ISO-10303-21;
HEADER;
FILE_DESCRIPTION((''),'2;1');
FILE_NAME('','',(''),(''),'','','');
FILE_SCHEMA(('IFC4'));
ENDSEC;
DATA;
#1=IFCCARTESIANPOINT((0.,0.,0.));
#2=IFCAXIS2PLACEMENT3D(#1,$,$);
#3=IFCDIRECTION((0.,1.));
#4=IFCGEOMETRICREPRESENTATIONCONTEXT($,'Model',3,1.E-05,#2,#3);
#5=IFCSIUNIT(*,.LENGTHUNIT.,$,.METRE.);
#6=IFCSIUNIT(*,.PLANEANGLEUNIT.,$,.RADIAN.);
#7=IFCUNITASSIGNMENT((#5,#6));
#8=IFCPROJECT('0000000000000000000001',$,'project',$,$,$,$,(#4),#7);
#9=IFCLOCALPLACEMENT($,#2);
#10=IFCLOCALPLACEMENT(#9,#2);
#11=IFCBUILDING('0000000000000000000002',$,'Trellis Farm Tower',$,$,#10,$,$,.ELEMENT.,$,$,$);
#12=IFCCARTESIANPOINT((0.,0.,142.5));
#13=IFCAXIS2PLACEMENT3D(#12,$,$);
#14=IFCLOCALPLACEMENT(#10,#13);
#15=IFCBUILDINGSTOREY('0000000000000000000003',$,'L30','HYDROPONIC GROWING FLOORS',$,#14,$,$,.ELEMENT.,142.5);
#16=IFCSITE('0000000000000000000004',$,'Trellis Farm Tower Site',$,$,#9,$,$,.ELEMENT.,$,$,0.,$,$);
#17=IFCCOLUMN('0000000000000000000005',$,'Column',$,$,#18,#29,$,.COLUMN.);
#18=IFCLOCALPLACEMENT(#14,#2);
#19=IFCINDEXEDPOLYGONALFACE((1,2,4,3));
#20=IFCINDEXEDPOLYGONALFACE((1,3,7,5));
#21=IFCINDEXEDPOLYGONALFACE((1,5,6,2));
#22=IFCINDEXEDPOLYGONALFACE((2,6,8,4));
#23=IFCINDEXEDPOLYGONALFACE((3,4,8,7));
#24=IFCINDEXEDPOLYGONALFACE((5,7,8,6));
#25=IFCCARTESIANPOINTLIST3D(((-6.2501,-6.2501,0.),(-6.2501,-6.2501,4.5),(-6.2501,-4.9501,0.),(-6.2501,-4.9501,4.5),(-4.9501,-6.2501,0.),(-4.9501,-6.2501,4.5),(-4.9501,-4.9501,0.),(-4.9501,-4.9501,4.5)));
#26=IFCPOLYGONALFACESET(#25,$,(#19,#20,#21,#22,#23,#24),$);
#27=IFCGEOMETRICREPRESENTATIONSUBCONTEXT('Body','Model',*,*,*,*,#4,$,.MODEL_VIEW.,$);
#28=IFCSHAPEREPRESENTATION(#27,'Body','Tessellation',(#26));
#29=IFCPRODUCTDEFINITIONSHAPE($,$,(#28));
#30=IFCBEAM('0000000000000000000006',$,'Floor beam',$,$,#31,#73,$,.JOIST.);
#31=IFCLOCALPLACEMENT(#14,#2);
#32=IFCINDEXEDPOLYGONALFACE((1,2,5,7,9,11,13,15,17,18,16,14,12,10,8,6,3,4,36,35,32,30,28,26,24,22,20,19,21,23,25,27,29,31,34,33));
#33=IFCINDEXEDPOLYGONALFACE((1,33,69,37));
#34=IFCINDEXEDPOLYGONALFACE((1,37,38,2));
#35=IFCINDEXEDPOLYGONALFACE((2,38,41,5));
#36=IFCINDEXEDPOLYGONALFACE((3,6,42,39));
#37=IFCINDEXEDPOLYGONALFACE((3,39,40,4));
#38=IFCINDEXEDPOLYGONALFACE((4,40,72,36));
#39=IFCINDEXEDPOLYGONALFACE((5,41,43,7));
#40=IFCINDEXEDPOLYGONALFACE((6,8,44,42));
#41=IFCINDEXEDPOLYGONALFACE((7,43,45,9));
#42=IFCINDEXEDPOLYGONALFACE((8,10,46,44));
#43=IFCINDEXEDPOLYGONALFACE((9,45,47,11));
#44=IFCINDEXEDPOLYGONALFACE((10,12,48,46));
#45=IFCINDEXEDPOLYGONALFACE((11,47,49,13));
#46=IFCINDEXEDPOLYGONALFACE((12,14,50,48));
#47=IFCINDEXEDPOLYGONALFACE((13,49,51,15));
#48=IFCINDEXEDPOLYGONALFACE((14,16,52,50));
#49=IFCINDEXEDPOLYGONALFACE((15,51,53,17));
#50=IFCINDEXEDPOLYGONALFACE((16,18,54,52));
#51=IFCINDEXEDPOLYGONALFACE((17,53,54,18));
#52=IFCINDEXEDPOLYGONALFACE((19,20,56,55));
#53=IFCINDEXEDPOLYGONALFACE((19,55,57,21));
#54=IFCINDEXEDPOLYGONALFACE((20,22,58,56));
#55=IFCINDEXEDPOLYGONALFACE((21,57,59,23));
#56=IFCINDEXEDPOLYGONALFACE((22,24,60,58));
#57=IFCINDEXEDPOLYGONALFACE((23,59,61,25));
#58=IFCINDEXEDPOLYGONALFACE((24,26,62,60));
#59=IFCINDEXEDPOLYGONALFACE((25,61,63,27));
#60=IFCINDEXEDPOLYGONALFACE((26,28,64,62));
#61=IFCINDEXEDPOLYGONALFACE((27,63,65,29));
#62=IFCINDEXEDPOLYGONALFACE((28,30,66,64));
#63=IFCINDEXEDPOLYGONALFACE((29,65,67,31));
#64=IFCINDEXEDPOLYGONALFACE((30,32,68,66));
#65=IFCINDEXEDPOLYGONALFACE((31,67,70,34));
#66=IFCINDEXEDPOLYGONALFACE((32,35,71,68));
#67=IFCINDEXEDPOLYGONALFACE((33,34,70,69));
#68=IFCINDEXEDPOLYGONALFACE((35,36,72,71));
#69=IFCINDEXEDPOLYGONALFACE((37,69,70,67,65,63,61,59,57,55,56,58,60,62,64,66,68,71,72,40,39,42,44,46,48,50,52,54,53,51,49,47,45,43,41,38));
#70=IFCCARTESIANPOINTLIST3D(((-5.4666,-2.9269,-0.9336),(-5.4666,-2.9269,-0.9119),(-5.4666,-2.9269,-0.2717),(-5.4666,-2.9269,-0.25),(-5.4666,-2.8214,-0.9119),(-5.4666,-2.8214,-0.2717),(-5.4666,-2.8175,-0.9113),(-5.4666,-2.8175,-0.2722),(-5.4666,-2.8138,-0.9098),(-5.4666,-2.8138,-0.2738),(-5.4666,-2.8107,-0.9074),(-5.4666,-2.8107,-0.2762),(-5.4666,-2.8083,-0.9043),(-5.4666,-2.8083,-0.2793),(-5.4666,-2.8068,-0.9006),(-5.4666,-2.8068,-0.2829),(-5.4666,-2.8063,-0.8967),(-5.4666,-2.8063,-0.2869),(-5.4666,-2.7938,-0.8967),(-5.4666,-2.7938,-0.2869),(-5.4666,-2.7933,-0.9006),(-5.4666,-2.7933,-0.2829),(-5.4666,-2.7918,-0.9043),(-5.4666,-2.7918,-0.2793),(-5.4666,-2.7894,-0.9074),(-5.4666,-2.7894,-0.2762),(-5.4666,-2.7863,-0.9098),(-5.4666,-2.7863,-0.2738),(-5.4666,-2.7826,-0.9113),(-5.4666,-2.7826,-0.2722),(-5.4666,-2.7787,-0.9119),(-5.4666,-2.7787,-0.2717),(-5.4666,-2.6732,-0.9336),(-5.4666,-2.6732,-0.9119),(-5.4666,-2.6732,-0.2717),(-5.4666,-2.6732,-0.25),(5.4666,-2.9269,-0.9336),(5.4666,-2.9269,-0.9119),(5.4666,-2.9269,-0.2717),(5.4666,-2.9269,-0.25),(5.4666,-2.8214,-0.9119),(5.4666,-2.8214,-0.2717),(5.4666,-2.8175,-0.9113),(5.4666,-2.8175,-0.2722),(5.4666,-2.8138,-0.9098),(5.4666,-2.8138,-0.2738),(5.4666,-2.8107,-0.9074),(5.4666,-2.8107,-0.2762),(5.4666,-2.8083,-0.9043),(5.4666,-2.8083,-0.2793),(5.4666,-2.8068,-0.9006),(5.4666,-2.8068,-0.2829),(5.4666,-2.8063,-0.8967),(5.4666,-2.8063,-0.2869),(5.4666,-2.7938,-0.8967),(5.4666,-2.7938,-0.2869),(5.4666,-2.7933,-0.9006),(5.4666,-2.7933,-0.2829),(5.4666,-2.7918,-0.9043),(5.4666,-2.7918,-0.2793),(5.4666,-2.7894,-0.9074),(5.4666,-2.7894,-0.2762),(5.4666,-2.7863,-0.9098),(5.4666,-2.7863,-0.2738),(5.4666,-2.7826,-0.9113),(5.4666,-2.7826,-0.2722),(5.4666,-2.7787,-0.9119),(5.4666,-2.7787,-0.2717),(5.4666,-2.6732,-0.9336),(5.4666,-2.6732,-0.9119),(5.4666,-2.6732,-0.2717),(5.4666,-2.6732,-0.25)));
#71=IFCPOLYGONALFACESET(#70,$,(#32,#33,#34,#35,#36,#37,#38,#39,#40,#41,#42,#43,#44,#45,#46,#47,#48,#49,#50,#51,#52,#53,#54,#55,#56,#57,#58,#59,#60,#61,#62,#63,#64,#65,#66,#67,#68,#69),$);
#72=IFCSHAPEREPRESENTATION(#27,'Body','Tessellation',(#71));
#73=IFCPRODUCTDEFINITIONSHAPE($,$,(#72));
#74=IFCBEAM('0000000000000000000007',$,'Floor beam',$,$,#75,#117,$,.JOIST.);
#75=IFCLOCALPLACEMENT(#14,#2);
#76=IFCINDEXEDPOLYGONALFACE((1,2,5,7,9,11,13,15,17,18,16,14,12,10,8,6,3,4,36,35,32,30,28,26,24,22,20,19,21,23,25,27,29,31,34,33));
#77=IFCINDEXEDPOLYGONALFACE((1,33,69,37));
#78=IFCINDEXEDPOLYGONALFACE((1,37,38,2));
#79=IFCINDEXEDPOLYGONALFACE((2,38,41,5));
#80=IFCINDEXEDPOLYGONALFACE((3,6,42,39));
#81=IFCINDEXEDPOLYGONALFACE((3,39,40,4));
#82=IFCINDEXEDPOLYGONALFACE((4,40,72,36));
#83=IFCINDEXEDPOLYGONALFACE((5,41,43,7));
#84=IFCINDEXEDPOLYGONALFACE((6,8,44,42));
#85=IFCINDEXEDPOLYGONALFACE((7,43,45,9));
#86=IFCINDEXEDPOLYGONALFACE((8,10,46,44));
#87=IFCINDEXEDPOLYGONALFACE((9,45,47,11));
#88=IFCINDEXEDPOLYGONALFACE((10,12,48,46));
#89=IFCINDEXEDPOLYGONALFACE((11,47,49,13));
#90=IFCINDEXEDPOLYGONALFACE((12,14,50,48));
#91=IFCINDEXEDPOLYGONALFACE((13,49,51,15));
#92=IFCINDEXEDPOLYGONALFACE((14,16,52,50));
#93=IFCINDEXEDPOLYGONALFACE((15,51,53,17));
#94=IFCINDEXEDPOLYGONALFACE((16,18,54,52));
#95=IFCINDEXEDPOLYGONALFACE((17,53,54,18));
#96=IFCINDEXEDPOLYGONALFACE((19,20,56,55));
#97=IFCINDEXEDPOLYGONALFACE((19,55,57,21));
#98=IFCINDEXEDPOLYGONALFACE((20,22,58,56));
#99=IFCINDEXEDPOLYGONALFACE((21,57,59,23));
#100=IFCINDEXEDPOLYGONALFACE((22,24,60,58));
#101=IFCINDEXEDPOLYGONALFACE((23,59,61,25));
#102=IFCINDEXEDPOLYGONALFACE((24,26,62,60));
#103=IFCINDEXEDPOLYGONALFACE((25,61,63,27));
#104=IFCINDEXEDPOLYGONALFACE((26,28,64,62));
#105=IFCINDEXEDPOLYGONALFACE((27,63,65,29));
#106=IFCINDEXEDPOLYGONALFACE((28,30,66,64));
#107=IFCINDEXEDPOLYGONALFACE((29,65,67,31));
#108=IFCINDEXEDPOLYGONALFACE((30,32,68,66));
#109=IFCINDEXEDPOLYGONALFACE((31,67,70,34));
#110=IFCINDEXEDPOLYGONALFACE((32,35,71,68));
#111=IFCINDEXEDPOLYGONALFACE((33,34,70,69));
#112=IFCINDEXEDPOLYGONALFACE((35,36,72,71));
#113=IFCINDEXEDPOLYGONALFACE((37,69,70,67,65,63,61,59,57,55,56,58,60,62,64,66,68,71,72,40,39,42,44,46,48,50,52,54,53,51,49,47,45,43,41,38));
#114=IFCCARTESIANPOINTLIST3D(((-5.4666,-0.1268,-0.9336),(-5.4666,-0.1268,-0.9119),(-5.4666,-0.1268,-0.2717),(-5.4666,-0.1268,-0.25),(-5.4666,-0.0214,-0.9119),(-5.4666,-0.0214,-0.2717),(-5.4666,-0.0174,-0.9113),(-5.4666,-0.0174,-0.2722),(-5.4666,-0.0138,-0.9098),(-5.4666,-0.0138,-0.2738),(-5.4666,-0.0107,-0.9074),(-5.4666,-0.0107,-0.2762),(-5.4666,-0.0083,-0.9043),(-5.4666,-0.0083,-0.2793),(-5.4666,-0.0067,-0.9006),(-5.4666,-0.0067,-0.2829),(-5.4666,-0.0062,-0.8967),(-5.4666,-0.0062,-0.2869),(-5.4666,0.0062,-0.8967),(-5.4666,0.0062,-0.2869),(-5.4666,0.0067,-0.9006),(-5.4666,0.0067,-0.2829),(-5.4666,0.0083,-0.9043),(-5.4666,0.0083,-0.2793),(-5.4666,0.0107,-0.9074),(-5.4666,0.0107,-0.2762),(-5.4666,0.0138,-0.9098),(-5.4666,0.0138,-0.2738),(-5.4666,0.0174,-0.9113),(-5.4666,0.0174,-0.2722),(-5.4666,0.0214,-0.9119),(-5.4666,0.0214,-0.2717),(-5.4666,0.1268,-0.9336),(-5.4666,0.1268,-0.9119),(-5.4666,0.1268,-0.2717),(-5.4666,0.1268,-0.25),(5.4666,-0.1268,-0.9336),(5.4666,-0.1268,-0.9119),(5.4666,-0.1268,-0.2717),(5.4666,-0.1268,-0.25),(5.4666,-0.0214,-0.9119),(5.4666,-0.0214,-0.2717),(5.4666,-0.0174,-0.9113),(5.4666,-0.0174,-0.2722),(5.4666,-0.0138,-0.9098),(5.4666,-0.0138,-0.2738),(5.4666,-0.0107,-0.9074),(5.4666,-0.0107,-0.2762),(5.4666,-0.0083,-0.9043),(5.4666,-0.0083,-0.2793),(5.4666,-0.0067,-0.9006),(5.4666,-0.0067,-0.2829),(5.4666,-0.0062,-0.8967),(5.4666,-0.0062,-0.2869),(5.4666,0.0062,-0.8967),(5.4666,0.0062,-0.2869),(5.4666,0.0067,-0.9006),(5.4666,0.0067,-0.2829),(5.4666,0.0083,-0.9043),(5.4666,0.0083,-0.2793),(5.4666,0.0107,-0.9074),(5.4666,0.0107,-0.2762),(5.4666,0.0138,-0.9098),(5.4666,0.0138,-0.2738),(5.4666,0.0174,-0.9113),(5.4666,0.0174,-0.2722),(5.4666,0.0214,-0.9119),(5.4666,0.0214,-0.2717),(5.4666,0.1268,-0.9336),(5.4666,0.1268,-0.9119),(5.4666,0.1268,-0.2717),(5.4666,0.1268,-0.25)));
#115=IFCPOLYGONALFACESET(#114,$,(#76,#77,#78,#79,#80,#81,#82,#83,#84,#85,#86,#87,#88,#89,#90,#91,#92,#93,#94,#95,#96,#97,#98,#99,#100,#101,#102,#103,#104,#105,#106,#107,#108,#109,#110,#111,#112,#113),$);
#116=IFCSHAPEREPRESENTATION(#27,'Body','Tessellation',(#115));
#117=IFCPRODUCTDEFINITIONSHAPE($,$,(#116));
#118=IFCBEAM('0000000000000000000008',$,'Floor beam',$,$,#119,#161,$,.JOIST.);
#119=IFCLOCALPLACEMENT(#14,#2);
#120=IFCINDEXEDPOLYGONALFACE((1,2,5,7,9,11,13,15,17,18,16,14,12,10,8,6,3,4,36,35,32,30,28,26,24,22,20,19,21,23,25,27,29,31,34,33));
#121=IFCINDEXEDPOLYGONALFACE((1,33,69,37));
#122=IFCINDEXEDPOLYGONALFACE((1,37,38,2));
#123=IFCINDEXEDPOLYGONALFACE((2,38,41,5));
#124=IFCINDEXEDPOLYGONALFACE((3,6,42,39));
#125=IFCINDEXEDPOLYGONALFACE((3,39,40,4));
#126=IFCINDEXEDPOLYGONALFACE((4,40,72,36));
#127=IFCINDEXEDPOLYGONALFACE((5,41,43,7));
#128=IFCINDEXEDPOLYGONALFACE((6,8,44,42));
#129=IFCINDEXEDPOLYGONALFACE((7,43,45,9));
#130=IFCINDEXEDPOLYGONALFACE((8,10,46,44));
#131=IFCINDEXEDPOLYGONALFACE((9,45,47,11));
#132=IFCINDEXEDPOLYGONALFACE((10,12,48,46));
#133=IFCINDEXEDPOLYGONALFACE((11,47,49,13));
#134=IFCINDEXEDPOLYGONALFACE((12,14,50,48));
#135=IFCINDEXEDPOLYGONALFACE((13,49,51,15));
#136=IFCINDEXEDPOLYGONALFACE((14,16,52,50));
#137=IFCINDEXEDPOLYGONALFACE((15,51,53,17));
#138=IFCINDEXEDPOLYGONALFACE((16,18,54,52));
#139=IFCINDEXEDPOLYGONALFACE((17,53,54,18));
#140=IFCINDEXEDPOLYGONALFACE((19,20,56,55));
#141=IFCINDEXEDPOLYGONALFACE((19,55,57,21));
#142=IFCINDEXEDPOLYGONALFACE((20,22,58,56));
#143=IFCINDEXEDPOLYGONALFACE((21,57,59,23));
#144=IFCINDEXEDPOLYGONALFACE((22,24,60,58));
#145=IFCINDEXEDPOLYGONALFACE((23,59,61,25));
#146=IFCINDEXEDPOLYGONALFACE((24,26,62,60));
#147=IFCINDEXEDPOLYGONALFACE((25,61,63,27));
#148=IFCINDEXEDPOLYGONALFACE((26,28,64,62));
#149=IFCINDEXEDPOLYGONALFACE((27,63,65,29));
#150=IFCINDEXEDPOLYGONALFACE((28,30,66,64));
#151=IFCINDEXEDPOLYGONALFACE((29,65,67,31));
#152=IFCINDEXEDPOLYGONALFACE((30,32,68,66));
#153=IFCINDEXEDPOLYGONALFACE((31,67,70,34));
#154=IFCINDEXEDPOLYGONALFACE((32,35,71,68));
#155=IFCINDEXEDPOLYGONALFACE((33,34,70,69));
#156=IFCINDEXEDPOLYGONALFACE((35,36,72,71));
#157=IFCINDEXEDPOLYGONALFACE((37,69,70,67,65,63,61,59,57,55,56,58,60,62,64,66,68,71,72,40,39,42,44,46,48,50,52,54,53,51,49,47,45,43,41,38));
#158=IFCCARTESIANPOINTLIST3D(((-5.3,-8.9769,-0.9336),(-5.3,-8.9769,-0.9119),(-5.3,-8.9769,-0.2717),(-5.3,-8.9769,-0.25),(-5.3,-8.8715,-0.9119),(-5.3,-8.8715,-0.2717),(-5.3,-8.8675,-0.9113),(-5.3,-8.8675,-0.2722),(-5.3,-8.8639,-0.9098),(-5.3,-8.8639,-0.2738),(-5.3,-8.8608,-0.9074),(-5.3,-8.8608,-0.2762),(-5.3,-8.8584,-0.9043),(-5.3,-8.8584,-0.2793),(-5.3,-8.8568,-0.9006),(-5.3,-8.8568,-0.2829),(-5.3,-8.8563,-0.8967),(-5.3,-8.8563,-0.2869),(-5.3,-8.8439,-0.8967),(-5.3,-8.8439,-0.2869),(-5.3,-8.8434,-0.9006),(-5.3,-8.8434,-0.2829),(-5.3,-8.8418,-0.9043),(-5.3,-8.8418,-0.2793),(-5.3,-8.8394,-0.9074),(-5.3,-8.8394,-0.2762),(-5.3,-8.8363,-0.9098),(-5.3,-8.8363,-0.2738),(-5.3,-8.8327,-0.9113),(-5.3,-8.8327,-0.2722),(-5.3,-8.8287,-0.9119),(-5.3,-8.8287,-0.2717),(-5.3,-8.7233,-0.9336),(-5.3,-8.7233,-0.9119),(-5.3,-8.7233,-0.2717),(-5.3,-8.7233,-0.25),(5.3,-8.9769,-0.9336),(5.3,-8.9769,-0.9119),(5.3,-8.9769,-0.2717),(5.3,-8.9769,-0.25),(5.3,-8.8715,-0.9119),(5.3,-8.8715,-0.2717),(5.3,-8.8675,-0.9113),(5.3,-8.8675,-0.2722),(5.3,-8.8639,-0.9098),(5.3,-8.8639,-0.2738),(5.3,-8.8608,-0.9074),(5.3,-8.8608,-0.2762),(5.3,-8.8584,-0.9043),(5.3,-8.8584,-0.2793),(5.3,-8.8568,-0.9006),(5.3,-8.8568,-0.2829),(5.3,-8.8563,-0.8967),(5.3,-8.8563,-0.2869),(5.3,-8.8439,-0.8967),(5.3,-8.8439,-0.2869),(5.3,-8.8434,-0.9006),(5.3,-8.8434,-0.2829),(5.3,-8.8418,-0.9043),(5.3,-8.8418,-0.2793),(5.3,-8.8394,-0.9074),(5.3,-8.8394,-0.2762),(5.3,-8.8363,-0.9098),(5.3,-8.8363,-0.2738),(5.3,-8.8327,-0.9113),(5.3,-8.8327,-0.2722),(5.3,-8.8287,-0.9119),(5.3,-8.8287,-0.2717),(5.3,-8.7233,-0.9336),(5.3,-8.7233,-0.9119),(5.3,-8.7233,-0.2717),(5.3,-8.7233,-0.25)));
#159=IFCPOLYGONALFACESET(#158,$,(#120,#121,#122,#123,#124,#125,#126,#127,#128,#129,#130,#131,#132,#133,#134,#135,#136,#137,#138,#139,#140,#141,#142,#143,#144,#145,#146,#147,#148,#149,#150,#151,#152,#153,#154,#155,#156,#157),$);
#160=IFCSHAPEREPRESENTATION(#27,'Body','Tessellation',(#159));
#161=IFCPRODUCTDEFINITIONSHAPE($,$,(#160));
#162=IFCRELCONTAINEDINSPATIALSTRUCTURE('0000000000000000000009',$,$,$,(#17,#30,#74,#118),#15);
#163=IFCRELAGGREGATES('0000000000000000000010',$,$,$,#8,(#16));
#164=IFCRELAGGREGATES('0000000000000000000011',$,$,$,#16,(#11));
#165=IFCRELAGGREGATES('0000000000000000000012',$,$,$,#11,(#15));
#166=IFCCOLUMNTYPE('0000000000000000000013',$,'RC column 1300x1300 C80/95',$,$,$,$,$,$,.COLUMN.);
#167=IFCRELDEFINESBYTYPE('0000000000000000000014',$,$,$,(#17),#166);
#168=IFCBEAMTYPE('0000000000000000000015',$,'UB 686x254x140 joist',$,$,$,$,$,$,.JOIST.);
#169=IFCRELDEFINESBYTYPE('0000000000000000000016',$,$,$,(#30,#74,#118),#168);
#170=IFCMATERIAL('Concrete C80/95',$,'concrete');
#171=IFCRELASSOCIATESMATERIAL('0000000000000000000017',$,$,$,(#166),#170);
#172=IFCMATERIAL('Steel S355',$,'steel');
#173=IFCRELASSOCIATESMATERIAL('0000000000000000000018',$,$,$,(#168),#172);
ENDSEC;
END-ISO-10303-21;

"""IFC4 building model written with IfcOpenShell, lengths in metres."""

from ifc_helpers import new_model, si_unit, direction, frame, origin, origin_2d, place, context, subcontext, project, spatial, rectangle, i_section, extrude, source, transform, mapped, material, material_profile, profile_set, type_object, element, save


model = new_model("IFC4")

# Units and contexts
model_context = context("Model", 3, precision=1e-05, world=origin(), true_north=direction((0.0, 1.0)))
body_context = subcontext(model_context, "Body", "Model", "MODEL_VIEW")
ifc_project = project(units=[si_unit("LENGTHUNIT", "METRE"), si_unit("PLANEANGLEUNIT", "RADIAN")], contexts=[model_context])

# Site, building, storey
site_placement = place(None, origin())
site = spatial("IfcSite", under=ifc_project, at=site_placement, Name="Trellis Farm Tower Site", CompositionType="ELEMENT", RefElevation=0.0)
building_placement = place(site_placement, origin())
building = spatial("IfcBuilding", under=site, at=building_placement, Name="Trellis Farm Tower", CompositionType="ELEMENT")
storey_placement = place(building_placement, frame((0.0, 0.0, 142.5)))
storey = spatial("IfcBuildingStorey", under=building, at=storey_placement, Name="L30", Description="HYDROPONIC GROWING FLOORS", CompositionType="ELEMENT", Elevation=142.5)

# Column
ifc_material_1 = material(Name="Concrete C80/95", Category="concrete")
ifc_material_profile_1 = material_profile(ifc_material_1, rectangle(XDim=1.3, YDim=1.3, at=origin_2d()), Name="RC column 1300x1300 C80/95")
ifc_profile_set_1 = profile_set([ifc_material_profile_1], Name="Concrete C80/95")
column_type = type_object("IfcColumnType", Name="RC column 1300x1300 C80/95", PredefinedType="COLUMN", material=ifc_profile_set_1)
shared_shape_1 = source(origin(), body_context, "Body", "SweptSolid", [
    extrude(rectangle(XDim=1.3, YDim=1.3, at=origin_2d()), origin(), (0.0, 0.0, 1.0), 4.5),
])
column_placement = place(storey_placement, frame((-5.6001, -5.6001, 0.0), z_axis=(0.0, 0.0, 1.0), x_axis=(1.0, 0.0, 0.0)))
element("IfcColumn", 1, at=column_placement, inside=storey, type_object=column_type, Name="Column", PredefinedType="COLUMN", context=body_context, shape_type="MappedRepresentation", body=[
    mapped(shared_shape_1, transform((0.0, 0.0, 0.0))),
])

# Beams
ifc_material_2 = material(Name="Steel S355", Category="steel")
ifc_material_profile_2 = material_profile(ifc_material_2, i_section(OverallWidth=0.2537, OverallDepth=0.6836, WebThickness=0.0125, FlangeThickness=0.0217, FilletRadius=0.0151, at=origin_2d()), Name="UB 686x254x140")
ifc_profile_set_2 = profile_set([ifc_material_profile_2], Name="Steel S355")
beam_type_1 = type_object("IfcBeamType", Name="UB 686x254x140 joist", PredefinedType="JOIST", material=ifc_profile_set_2)
shared_shape_2 = source(origin(), body_context, "Body", "SweptSolid", [
    extrude(i_section(OverallWidth=0.2537, OverallDepth=0.6836, WebThickness=0.0125, FlangeThickness=0.0217, FilletRadius=0.0151, at=origin_2d()), origin(), (0.0, 0.0, 1.0), 10.9331),
])
for number, where, z_axis, x_axis, name in (
    (2, (-5.4666, -2.8, -0.5918), (1.0, 0.0, 0.0), (0.0, 1.0, 0.0), "Floor beam"),
    (3, (-5.4666, 0.0, -0.5918), (1.0, 0.0, 0.0), (0.0, 1.0, 0.0), "Floor beam"),
):
    element("IfcBeam", number, at=place(storey_placement, frame(where, z_axis=z_axis, x_axis=x_axis)), inside=storey, type_object=beam_type_1, Name=name, PredefinedType="JOIST", context=body_context, shape_type="MappedRepresentation", body=[
        mapped(shared_shape_2, transform((0.0, 0.0, 0.0))),
    ])
shared_shape_3 = source(origin(), body_context, "Body", "SweptSolid", [
    extrude(i_section(OverallWidth=0.2537, OverallDepth=0.6836, WebThickness=0.0125, FlangeThickness=0.0217, FilletRadius=0.0151, at=origin_2d()), origin(), (0.0, 0.0, 1.0), 10.6001),
])
beam_1_placement = place(storey_placement, frame((-5.3, -8.8501, -0.5918), z_axis=(1.0, 0.0, 0.0), x_axis=(0.0, 1.0, 0.0)))
element("IfcBeam", 4, at=beam_1_placement, inside=storey, type_object=beam_type_1, Name="Floor beam", PredefinedType="JOIST", context=body_context, shape_type="MappedRepresentation", body=[
    mapped(shared_shape_3, transform((0.0, 0.0, 0.0))),
])

save(model, "model.ifc")
